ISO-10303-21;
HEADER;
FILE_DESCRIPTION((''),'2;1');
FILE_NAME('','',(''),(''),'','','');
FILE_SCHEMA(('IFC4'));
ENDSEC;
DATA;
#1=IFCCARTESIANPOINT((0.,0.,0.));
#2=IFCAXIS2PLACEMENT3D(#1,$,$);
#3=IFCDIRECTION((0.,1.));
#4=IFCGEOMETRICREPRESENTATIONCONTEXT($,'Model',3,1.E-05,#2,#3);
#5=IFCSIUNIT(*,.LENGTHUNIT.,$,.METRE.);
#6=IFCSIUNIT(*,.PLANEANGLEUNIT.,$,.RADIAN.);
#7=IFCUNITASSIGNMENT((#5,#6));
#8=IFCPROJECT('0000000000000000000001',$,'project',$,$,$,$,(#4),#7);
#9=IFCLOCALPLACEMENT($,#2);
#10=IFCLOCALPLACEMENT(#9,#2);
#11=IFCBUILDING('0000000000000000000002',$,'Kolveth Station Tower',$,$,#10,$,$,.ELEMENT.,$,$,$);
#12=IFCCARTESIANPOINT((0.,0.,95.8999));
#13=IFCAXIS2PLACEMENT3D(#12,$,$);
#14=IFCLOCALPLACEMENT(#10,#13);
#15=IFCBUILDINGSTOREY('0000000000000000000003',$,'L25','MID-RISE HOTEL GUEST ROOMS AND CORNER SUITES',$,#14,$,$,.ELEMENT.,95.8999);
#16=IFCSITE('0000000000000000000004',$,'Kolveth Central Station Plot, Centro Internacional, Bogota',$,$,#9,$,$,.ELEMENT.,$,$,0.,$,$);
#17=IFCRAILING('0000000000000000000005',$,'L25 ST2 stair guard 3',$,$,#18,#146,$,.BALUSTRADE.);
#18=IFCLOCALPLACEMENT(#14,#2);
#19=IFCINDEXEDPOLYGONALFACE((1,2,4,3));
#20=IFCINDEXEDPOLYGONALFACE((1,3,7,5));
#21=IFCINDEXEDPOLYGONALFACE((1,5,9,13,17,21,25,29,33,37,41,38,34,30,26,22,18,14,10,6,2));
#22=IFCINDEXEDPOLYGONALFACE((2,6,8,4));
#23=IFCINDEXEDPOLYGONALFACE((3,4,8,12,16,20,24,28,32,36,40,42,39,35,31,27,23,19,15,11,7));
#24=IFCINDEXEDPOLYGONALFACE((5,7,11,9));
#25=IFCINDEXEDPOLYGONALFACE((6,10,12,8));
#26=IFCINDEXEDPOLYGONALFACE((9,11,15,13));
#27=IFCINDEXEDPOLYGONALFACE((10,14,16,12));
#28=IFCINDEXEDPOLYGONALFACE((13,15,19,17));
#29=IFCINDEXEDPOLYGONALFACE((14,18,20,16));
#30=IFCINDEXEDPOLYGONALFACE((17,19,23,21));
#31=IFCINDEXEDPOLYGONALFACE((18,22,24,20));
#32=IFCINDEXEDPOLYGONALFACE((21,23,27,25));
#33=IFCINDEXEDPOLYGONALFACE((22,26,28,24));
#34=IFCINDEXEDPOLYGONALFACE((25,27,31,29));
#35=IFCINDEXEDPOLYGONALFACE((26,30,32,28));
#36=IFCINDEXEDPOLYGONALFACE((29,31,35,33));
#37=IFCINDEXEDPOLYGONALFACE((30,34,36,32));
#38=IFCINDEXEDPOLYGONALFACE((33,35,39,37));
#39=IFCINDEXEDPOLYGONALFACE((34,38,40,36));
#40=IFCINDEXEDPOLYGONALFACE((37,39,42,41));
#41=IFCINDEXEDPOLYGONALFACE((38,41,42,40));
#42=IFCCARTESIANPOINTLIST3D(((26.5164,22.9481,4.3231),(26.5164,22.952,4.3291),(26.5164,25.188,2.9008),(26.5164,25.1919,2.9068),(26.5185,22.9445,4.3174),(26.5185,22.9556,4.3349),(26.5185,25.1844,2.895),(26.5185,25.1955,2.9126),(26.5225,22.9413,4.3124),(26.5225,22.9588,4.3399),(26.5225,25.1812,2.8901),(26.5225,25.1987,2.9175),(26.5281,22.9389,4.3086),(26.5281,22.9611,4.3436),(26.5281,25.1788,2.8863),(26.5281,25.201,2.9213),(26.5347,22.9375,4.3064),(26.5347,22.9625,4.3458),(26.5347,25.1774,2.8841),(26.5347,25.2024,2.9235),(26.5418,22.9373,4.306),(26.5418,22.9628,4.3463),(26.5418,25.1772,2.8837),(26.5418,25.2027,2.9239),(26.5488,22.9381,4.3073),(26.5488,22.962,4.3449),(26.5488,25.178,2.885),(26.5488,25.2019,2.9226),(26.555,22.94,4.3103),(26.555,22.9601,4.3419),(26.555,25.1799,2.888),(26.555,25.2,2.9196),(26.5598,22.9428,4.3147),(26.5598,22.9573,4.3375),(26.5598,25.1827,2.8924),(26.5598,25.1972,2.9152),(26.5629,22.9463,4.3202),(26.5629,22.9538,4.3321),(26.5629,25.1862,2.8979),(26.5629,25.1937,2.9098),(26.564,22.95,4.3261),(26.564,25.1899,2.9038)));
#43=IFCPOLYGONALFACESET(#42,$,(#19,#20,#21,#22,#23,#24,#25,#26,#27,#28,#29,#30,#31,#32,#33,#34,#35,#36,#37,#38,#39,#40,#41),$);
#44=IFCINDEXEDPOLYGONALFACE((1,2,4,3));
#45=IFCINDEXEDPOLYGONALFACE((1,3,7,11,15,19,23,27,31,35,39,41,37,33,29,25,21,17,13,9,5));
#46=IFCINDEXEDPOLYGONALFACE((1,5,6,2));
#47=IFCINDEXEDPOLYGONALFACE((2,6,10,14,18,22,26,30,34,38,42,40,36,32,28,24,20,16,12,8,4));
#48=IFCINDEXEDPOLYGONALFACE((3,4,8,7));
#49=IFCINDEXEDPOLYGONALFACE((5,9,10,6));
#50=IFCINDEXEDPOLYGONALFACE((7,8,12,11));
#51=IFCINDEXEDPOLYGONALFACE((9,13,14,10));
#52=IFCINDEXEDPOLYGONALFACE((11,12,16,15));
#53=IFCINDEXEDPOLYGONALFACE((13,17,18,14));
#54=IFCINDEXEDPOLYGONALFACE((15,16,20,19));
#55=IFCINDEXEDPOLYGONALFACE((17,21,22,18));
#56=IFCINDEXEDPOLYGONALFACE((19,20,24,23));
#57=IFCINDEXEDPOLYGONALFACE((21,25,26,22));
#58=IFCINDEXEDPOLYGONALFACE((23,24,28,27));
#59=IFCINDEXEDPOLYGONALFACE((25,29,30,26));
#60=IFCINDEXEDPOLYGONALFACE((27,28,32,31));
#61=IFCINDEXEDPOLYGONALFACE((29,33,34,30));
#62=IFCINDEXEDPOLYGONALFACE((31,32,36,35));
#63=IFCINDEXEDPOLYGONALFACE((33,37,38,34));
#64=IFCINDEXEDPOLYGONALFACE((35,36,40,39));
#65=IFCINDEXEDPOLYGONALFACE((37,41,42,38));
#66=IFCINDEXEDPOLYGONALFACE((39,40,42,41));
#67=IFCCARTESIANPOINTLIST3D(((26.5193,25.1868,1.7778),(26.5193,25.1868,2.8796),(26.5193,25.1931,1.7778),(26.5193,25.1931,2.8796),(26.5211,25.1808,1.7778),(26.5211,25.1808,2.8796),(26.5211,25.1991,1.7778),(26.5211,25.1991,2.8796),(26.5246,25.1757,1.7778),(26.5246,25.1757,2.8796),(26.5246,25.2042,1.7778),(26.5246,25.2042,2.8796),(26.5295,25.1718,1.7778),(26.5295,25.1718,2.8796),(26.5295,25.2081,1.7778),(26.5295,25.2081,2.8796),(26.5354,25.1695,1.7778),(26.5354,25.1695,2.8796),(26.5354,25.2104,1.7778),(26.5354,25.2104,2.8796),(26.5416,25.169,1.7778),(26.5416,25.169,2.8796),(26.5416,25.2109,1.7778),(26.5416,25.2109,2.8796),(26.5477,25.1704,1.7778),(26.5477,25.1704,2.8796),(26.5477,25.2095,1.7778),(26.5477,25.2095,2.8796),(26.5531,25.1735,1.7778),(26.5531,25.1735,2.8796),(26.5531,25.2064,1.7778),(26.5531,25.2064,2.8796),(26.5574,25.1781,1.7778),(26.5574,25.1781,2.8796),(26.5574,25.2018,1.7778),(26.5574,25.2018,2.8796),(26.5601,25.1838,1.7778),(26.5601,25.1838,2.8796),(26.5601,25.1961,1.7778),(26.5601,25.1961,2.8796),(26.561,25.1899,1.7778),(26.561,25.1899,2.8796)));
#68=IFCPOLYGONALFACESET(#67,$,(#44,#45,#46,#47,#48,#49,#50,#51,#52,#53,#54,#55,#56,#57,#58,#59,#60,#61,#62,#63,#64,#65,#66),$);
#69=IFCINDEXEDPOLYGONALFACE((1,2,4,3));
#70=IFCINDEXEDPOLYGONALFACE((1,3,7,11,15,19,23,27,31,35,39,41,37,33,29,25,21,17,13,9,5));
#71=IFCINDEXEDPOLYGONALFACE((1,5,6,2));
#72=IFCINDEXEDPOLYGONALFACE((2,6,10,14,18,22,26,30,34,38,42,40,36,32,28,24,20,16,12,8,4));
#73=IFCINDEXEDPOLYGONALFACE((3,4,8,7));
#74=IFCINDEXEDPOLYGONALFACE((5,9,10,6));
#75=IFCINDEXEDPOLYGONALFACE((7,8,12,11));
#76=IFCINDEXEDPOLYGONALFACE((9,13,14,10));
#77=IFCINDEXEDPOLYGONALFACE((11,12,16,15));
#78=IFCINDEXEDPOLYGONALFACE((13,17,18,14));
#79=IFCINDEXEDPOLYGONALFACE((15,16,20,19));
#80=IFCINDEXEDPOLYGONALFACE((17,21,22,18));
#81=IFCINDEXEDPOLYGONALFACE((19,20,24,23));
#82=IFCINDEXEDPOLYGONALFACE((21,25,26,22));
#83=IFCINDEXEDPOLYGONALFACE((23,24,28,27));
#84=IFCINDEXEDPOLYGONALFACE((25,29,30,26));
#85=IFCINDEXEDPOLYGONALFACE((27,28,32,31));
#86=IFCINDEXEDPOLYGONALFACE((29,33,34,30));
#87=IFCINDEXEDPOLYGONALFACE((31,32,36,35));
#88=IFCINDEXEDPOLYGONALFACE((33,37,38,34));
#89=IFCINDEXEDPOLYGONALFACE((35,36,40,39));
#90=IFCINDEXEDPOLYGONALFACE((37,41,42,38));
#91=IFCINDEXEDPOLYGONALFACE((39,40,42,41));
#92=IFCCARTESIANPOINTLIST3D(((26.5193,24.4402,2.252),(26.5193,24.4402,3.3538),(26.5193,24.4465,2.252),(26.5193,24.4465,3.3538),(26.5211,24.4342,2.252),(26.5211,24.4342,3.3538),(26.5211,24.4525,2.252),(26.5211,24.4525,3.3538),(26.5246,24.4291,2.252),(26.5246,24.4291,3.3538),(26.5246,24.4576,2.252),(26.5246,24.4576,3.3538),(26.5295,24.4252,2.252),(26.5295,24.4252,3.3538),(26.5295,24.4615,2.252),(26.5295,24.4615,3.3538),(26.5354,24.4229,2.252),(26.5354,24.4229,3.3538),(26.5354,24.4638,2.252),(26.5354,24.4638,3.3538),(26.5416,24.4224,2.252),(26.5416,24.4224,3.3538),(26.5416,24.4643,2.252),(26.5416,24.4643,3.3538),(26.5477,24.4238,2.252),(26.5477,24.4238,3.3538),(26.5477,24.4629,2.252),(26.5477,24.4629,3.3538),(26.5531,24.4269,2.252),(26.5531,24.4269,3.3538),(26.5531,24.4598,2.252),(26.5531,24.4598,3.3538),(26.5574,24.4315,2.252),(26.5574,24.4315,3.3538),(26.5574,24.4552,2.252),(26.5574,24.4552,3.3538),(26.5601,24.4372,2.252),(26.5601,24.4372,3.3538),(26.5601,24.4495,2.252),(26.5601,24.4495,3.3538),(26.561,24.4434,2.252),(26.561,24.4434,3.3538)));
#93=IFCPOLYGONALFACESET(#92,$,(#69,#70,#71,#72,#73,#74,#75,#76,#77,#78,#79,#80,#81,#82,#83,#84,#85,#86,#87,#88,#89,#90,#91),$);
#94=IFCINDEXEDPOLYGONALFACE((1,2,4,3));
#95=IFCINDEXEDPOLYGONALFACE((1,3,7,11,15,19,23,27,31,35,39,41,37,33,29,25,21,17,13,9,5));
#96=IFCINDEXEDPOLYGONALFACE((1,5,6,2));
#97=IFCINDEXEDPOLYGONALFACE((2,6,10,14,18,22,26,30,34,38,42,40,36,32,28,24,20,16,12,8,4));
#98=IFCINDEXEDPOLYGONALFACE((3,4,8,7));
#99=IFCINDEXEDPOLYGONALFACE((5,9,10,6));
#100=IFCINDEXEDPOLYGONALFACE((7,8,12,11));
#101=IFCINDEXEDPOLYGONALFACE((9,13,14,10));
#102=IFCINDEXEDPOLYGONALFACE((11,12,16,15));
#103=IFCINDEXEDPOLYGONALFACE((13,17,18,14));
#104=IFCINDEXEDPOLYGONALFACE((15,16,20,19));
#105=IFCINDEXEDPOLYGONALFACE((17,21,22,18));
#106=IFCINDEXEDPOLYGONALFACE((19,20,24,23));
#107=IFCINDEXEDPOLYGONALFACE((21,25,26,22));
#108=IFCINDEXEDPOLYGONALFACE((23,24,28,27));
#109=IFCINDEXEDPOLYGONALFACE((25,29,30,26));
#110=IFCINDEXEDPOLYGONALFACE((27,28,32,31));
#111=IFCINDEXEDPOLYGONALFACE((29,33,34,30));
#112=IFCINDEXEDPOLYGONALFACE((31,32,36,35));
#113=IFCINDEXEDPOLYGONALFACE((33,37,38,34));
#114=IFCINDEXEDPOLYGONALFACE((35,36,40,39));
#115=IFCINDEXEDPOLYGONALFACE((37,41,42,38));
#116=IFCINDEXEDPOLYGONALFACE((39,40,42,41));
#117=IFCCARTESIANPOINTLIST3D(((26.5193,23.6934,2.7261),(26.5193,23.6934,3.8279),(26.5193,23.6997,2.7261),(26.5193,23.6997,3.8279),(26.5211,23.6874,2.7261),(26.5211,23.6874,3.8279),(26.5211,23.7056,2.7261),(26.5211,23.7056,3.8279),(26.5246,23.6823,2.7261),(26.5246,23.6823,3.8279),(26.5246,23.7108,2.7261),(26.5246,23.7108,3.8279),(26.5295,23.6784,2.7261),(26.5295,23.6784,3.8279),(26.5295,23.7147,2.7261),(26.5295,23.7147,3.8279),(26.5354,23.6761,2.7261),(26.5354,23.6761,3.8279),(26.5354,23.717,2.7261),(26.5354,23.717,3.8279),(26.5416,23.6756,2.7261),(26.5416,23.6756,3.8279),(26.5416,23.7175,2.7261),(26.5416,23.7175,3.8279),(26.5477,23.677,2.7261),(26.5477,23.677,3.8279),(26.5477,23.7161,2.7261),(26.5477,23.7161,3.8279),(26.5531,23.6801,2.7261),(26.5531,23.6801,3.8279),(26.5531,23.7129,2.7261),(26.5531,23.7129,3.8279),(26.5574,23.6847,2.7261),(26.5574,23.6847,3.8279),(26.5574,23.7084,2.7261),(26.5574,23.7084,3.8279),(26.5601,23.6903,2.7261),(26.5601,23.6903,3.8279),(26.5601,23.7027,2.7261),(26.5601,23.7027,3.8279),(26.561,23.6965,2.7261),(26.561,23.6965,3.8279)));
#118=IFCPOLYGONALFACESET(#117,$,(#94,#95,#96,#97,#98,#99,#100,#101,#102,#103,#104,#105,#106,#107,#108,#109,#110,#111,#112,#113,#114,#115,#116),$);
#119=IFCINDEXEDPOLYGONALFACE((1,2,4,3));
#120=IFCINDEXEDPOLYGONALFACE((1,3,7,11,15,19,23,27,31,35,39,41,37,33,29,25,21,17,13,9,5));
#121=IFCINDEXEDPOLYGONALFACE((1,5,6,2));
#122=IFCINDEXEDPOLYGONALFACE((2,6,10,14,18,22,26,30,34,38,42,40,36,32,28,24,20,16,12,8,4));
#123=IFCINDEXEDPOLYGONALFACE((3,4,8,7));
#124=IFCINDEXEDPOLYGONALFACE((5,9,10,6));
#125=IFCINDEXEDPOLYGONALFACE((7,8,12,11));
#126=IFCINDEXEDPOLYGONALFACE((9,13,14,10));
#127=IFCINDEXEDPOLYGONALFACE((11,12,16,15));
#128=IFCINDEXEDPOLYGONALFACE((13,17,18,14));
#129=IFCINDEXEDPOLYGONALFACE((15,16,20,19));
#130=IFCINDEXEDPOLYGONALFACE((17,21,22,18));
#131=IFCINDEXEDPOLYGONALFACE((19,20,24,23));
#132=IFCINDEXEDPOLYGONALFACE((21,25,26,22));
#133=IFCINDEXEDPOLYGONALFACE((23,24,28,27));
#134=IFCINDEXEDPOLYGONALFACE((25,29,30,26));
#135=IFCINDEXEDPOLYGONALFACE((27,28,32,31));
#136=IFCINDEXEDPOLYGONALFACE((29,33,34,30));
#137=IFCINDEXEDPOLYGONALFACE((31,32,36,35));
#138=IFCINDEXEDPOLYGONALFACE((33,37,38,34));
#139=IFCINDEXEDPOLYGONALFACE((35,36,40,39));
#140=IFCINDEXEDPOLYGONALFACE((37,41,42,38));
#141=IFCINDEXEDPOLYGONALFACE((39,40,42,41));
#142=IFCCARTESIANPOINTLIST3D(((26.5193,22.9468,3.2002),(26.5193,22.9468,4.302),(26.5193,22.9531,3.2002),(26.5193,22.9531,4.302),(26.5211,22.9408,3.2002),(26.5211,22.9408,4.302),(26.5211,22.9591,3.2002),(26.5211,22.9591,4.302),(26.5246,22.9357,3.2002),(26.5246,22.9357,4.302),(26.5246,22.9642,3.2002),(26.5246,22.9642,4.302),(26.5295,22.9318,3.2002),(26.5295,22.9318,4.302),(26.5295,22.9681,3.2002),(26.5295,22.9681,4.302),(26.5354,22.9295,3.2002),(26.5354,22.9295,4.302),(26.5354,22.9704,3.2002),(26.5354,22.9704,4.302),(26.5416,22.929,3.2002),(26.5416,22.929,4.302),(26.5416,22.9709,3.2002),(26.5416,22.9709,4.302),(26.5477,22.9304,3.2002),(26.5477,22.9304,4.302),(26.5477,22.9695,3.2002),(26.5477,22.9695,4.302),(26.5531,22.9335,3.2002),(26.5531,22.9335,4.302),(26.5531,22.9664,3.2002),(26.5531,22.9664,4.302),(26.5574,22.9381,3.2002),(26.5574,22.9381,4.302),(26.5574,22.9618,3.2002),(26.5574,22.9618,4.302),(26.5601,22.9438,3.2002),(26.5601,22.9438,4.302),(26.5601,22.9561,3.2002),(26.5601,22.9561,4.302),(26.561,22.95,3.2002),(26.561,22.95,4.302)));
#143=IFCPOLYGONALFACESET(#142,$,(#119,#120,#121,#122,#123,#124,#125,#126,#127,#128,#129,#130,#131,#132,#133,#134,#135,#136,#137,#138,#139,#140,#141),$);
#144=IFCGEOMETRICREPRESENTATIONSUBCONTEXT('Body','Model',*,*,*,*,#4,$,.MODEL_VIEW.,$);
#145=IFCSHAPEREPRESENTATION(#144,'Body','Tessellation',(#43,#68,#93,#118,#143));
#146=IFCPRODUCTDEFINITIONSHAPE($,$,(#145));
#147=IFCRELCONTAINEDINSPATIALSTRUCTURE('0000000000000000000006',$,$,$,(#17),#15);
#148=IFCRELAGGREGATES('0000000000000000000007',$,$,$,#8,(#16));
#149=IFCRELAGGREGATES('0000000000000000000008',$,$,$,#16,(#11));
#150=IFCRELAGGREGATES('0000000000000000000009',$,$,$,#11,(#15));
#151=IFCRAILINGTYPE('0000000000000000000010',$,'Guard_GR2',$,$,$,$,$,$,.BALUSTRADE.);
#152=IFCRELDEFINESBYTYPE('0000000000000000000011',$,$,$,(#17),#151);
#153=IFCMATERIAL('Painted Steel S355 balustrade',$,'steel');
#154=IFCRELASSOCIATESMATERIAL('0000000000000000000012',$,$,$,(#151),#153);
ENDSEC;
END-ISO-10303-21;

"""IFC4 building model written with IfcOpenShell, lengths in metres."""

from ifc_helpers import new_model, si_unit, direction, frame, origin, origin_2d, place, context, subcontext, project, spatial, circle, extrude, material, type_object, element, save


model = new_model("IFC4")

# Units and contexts
model_context = context("Model", 3, precision=1e-05, world=origin(), true_north=direction((0.0, 1.0)))
body_context = subcontext(model_context, "Body", "Model", "MODEL_VIEW")
ifc_project = project(units=[si_unit("LENGTHUNIT", "METRE"), si_unit("PLANEANGLEUNIT", "RADIAN")], contexts=[model_context])

# Site, building, storey
site_placement = place(None, origin())
site = spatial("IfcSite", under=ifc_project, at=site_placement, Name="Kolveth Central Station Plot, Centro Internacional, Bogota", CompositionType="ELEMENT", RefElevation=0.0)
building_placement = place(site_placement, origin())
building = spatial("IfcBuilding", under=site, at=building_placement, Name="Kolveth Station Tower", CompositionType="ELEMENT")
storey_placement = place(building_placement, frame((0.0, 0.0, 95.8999)))
storey = spatial("IfcBuildingStorey", under=building, at=storey_placement, Name="L25", Description="MID-RISE HOTEL GUEST ROOMS AND CORNER SUITES", CompositionType="ELEMENT", Elevation=95.8999)

# Railing
ifc_material_1 = material(Name="Painted Steel S355 balustrade", Category="steel")
railing_type_1 = type_object("IfcRailingType", Name="Guard_GR2", PredefinedType="BALUSTRADE", material=ifc_material_1)
railing_1_placement = place(storey_placement, frame((26.54, 25.1899, 1.7778)))
element("IfcRailing", 1, at=railing_1_placement, inside=storey, type_object=railing_type_1, Name="L25 ST2 stair guard 3", PredefinedType="BALUSTRADE", context=body_context, shape_type="SweptSolid", body=[
    extrude(circle(Radius=0.0239, at=origin_2d()), frame((0.0, 0.0, 1.126), z_axis=(0.0, -0.844188, 0.536048), x_axis=(1.0, 0.0, 0.0)), (0.0, 0.0, 1.0), 2.6533),
    extrude(circle(Radius=0.021, at=origin_2d()), origin(), (0.0, 0.0, 1.0), 1.1018),
    extrude(circle(Radius=0.021, at=origin_2d()), frame((0.0, -0.7466, 0.4741)), (0.0, 0.0, 1.0), 1.1018),
    extrude(circle(Radius=0.021, at=origin_2d()), frame((0.0, -1.4934, 0.9482)), (0.0, 0.0, 1.0), 1.1018),
    extrude(circle(Radius=0.021, at=origin_2d()), frame((0.0, -2.24, 1.4224)), (0.0, 0.0, 1.0), 1.1018),
])

save(model, "model.ifc")
